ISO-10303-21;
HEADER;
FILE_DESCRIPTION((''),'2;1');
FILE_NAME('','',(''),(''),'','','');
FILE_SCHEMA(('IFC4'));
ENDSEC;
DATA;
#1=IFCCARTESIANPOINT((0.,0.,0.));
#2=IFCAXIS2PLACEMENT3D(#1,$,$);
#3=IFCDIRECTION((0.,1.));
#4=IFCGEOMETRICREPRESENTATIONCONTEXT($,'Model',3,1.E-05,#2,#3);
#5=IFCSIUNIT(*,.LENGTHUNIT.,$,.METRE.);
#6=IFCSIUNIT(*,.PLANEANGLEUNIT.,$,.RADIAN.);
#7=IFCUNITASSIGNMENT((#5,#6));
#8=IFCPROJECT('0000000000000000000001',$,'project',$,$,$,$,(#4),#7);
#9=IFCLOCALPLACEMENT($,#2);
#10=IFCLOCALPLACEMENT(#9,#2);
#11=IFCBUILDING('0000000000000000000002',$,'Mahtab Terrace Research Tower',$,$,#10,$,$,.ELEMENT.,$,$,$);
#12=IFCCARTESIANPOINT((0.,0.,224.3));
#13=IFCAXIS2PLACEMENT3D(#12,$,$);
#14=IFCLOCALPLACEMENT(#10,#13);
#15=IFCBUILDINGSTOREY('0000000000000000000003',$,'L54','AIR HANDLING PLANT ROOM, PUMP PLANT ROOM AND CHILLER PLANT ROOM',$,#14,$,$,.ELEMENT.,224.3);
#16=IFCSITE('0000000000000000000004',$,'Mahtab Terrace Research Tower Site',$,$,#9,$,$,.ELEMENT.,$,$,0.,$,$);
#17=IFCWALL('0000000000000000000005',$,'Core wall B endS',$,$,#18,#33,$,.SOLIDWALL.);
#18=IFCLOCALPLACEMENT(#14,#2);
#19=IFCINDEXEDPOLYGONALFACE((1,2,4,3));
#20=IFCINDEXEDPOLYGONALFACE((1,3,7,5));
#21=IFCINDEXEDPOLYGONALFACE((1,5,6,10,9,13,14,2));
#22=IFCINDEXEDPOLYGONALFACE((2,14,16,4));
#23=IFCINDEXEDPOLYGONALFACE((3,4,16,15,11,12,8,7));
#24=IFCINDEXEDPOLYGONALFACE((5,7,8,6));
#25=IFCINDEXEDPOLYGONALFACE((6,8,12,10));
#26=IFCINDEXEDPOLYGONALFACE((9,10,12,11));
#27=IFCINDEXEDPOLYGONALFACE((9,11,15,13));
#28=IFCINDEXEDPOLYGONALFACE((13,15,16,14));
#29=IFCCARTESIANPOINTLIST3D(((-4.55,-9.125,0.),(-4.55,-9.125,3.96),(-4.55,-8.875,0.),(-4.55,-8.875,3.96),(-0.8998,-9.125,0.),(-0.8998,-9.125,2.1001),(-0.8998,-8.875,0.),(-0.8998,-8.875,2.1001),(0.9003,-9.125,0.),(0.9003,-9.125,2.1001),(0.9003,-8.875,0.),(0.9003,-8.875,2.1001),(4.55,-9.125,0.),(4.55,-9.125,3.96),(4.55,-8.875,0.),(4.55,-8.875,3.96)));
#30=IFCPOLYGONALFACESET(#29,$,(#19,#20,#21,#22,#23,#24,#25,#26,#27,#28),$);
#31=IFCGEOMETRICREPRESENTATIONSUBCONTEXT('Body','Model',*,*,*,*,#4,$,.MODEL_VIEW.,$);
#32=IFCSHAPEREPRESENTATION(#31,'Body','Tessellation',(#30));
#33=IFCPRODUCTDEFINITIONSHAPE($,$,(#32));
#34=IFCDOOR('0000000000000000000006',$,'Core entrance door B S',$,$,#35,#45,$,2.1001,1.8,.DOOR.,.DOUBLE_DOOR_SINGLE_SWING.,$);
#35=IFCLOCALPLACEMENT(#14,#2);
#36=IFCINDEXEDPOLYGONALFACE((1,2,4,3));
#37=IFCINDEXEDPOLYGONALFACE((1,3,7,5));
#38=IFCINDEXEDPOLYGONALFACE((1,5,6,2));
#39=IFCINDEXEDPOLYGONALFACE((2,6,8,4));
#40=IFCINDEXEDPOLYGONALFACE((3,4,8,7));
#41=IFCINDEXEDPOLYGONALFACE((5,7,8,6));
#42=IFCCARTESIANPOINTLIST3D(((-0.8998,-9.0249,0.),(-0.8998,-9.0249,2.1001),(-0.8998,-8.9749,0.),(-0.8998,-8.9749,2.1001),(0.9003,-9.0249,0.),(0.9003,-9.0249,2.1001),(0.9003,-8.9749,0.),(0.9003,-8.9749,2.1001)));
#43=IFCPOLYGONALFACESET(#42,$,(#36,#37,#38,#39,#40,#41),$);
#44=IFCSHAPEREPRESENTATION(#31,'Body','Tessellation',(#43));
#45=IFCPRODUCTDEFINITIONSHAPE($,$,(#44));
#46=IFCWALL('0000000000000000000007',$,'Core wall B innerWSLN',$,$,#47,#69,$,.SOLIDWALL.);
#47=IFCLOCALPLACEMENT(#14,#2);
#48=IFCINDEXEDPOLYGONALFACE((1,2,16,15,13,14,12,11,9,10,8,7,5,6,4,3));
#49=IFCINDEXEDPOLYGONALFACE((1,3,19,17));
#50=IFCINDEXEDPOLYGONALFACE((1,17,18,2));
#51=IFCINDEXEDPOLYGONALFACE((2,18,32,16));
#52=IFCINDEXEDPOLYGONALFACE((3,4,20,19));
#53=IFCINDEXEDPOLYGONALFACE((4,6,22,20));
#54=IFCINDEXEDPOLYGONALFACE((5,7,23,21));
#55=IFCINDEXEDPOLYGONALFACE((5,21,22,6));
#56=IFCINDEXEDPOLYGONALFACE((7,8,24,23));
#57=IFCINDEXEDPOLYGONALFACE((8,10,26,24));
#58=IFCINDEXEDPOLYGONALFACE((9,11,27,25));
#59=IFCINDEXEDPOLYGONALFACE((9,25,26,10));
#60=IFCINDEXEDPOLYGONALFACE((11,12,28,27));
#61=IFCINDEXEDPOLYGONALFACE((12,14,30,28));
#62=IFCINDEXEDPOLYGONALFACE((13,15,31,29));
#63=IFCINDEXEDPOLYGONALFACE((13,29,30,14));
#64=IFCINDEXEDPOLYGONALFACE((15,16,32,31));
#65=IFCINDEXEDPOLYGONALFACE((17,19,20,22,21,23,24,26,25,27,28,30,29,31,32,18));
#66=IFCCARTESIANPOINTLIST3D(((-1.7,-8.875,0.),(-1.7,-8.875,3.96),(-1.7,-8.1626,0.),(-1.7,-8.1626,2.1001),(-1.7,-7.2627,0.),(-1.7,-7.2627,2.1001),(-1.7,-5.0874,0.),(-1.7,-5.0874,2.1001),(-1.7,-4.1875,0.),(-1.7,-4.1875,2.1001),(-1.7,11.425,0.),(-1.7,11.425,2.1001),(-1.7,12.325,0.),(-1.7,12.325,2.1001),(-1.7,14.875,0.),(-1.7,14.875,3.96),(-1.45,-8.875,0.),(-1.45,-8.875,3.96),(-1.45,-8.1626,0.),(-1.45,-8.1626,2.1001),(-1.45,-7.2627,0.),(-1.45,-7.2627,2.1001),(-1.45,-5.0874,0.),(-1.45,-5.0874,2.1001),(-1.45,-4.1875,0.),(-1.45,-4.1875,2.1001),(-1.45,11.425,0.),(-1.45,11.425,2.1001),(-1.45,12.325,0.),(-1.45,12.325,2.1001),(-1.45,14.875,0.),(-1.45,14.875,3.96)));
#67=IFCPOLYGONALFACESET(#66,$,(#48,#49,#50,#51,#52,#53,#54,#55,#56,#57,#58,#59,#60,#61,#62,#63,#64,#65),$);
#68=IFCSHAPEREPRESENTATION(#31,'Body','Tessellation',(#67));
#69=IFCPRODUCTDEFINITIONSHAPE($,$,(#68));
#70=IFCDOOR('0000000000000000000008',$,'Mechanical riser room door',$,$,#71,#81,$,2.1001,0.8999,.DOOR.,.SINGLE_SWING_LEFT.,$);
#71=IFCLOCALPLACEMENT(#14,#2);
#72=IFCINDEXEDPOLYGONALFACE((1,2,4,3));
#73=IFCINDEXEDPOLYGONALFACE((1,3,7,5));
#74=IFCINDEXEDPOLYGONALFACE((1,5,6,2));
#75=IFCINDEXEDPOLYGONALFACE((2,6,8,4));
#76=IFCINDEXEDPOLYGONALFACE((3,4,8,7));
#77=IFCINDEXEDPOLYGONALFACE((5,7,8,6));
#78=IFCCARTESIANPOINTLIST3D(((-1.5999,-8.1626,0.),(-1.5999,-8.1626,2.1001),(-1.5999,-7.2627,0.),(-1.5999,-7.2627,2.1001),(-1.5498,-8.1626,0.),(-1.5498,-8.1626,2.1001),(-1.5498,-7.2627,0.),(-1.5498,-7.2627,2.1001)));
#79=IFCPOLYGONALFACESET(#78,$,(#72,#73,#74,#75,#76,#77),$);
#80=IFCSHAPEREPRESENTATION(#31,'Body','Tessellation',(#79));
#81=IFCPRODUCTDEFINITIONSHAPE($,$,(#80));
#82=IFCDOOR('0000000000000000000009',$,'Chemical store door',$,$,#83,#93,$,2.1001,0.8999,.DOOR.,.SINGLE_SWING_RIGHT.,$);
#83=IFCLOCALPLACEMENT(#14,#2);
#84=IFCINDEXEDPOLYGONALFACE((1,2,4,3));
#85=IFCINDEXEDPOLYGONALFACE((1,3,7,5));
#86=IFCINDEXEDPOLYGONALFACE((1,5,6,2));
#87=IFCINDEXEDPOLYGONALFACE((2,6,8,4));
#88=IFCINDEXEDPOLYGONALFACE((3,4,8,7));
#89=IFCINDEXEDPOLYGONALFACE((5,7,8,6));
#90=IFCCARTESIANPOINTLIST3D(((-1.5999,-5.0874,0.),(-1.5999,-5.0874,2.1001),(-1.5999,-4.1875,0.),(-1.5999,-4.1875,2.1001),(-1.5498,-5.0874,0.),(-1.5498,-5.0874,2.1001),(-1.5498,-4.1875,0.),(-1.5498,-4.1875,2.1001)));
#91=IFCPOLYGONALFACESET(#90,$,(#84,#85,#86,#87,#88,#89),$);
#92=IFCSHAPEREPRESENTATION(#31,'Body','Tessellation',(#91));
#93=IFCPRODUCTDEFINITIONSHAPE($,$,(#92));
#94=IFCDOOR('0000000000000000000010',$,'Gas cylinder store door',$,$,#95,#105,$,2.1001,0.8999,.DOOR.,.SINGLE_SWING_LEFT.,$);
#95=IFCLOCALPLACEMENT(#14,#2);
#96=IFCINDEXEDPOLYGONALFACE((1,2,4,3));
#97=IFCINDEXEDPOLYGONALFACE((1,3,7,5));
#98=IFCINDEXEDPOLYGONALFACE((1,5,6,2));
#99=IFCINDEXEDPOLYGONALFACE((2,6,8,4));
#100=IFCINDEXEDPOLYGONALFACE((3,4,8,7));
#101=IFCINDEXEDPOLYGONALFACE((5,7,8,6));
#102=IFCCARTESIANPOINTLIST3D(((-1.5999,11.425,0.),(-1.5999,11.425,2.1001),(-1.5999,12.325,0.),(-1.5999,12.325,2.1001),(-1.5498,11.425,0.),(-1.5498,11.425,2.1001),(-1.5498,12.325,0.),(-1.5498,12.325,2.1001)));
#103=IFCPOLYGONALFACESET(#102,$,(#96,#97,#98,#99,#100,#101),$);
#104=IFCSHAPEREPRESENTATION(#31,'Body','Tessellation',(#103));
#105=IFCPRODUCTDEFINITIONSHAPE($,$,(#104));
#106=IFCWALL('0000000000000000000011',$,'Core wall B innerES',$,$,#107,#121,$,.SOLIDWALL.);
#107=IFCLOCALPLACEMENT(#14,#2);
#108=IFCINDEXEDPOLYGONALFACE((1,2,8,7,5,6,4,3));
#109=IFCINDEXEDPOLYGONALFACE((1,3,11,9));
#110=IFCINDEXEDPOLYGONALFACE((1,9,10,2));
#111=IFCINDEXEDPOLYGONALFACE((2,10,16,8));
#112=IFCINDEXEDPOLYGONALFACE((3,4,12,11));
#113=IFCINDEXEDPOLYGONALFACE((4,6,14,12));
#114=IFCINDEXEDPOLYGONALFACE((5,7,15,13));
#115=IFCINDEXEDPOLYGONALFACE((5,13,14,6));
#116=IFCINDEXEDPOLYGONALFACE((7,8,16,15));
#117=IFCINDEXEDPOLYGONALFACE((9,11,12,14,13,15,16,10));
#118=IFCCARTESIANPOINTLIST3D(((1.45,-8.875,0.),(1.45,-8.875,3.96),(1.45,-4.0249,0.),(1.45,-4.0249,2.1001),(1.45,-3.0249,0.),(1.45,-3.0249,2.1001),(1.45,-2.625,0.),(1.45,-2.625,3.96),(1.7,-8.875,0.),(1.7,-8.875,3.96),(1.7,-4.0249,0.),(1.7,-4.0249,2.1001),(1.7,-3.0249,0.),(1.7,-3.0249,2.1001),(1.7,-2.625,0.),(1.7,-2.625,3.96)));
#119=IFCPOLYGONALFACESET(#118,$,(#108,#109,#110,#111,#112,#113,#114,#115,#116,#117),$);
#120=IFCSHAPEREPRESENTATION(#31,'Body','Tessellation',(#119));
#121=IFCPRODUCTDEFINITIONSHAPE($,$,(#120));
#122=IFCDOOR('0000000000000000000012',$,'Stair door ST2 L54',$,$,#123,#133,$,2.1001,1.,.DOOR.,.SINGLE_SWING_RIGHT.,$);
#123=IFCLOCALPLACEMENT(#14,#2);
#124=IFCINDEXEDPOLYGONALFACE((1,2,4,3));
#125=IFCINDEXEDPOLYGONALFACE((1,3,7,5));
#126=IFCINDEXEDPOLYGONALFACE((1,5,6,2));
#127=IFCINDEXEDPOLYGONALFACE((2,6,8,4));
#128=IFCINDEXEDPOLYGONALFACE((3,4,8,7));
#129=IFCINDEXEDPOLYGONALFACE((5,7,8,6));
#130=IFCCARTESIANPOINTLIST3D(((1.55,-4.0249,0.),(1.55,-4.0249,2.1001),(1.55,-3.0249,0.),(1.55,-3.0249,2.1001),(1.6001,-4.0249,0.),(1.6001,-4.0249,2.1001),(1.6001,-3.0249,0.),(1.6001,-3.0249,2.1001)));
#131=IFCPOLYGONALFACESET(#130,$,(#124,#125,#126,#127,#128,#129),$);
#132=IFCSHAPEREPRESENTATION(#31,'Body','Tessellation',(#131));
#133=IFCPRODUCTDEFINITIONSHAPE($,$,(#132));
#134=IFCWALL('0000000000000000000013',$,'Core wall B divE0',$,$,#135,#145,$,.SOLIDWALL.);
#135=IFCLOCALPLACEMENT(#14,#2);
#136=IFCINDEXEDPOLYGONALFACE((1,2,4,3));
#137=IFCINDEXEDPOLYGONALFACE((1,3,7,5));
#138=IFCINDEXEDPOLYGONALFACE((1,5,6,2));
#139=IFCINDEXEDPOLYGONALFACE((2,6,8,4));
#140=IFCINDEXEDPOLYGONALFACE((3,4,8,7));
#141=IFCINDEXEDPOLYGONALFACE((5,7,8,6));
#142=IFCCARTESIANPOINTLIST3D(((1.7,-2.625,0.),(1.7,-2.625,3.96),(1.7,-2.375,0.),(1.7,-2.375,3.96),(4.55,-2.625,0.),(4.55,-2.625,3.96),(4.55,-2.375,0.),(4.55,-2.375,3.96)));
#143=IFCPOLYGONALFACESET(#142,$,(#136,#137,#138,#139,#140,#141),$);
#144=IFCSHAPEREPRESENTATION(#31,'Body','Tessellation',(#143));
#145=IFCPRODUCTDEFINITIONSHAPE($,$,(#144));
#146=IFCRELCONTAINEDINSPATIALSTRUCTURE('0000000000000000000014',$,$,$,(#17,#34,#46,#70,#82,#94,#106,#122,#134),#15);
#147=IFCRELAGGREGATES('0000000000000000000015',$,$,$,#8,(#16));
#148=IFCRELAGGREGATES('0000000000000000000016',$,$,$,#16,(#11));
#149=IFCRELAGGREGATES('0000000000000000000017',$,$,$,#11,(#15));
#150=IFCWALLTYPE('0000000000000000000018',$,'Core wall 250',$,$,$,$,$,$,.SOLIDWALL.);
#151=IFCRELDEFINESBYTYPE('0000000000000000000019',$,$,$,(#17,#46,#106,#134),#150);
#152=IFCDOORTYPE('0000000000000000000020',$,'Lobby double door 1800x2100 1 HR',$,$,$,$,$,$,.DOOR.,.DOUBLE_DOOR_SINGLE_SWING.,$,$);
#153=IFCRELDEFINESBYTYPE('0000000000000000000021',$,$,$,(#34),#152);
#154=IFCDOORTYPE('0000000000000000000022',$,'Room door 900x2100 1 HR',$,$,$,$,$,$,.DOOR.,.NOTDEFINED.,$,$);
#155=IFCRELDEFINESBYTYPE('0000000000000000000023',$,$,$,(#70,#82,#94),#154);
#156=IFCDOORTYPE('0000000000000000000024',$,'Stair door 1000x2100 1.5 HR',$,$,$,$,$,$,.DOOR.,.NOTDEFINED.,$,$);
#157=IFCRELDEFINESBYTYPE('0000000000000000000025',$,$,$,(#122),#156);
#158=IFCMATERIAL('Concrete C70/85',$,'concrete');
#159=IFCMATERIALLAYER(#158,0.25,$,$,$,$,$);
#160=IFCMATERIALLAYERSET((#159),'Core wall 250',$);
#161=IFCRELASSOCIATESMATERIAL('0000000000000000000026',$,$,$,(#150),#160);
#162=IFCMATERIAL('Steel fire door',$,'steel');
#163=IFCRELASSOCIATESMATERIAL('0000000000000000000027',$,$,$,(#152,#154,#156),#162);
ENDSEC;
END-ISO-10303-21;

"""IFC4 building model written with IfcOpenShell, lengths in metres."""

from ifc_helpers import new_model, si_unit, direction, frame, frame_2d, origin, place, context, subcontext, project, spatial, rectangle, extrude, material, layer, layer_set, type_object, element, fill, save


model = new_model("IFC4")

# Units and contexts
model_context = context("Model", 3, precision=1e-05, world=origin(), true_north=direction((0.0, 1.0)))
body_context = subcontext(model_context, "Body", "Model", "MODEL_VIEW")
ifc_project = project(units=[si_unit("LENGTHUNIT", "METRE"), si_unit("PLANEANGLEUNIT", "RADIAN")], contexts=[model_context])

# Site, building, storey
site_placement = place(None, origin())
site = spatial("IfcSite", under=ifc_project, at=site_placement, Name="Mahtab Terrace Research Tower Site", CompositionType="ELEMENT", RefElevation=0.0)
building_placement = place(site_placement, origin())
building = spatial("IfcBuilding", under=site, at=building_placement, Name="Mahtab Terrace Research Tower", CompositionType="ELEMENT")
storey_placement = place(building_placement, frame((0.0, 0.0, 224.3)))
storey = spatial("IfcBuildingStorey", under=building, at=storey_placement, Name="L54", Description="AIR HANDLING PLANT ROOM, PUMP PLANT ROOM AND CHILLER PLANT ROOM", CompositionType="ELEMENT", Elevation=224.3)

# Shared definitions
ifc_material_1 = material(Name="Concrete C70/85", Category="concrete")
ifc_layer_1 = layer(ifc_material_1, 0.25)
ifc_layer_set_1 = layer_set([ifc_layer_1], Name="Core wall 250")
wall_type = type_object("IfcWallType", Name="Core wall 250", PredefinedType="SOLIDWALL", material=ifc_layer_set_1)

# Wall, opening, door
wall_1_placement = place(storey_placement, frame((4.55, -9.0, 0.0), z_axis=(0.0, 0.0, 1.0), x_axis=(-1.0, 0.0, 0.0)))
wall_1 = element("IfcWall", 1, at=wall_1_placement, inside=storey, type_object=wall_type, Name="Core wall B endS", PredefinedType="SOLIDWALL", context=body_context, shape_type="SweptSolid", body=[
    extrude(rectangle(XDim=9.1001, YDim=0.25, at=frame_2d((4.55, 0.0))), origin(), (0.0, 0.0, 1.0), 3.96),
])
opening_1_placement = place(wall_1_placement, frame((3.6499, 0.0, 0.0)))
opening_1 = element("IfcOpeningElement", 2, at=opening_1_placement, cuts=wall_1, PredefinedType="OPENING", context=body_context, shape_type="SweptSolid", body=[
    extrude(rectangle(XDim=1.8, YDim=2.1001, at=frame_2d((0.8999, 1.05))), frame((0.0, 0.135, 0.0), z_axis=(0.0, -1.0, 0.0), x_axis=(1.0, 0.0, 0.0)), (0.0, 0.0, 1.0), 0.27),
])
ifc_material_2 = material(Name="Steel fire door", Category="steel")
door_type_1 = type_object("IfcDoorType", Name="Lobby double door 1800x2100 1 HR", OperationType="DOUBLE_DOOR_SINGLE_SWING", PredefinedType="DOOR", material=ifc_material_2)
door_1_placement = place(opening_1_placement, origin())
door_1 = element("IfcDoor", 3, at=door_1_placement, inside=storey, type_object=door_type_1, Name="Core entrance door B S", OperationType="DOUBLE_DOOR_SINGLE_SWING", OverallHeight=2.1001, OverallWidth=1.8, PredefinedType="DOOR", context=body_context, shape_type="SweptSolid", body=[
    extrude(rectangle(XDim=1.8, YDim=2.1001, at=frame_2d((0.8999, 1.05))), frame((0.0, 0.0249, 0.0), z_axis=(0.0, -1.0, 0.0), x_axis=(1.0, 0.0, 0.0)), (0.0, 0.0, 1.0), 0.05),
])
fill(opening_1, door_1)

# Wall, openings, doors
wall_2_placement = place(storey_placement, frame((-1.575, -8.875, 0.0), z_axis=(0.0, 0.0, 1.0), x_axis=(0.0, 1.0, 0.0)))
wall_2 = element("IfcWall", 4, at=wall_2_placement, inside=storey, type_object=wall_type, Name="Core wall B innerWSLN", PredefinedType="SOLIDWALL", context=body_context, shape_type="SweptSolid", body=[
    extrude(rectangle(XDim=23.75, YDim=0.25, at=frame_2d((11.875, 0.0))), origin(), (0.0, 0.0, 1.0), 3.96),
])
opening_2_placement = place(wall_2_placement, frame((0.7124, 0.0, 0.0)))
opening_2 = element("IfcOpeningElement", 5, at=opening_2_placement, cuts=wall_2, PredefinedType="OPENING", context=body_context, shape_type="SweptSolid", body=[
    extrude(rectangle(XDim=0.8999, YDim=2.1001, at=frame_2d((0.45, 1.05))), frame((0.0, 0.135, 0.0), z_axis=(0.0, -1.0, 0.0), x_axis=(1.0, 0.0, 0.0)), (0.0, 0.0, 1.0), 0.27),
])
opening_3_placement = place(wall_2_placement, frame((3.7876, 0.0, 0.0)))
opening_3 = element("IfcOpeningElement", 6, at=opening_3_placement, cuts=wall_2, PredefinedType="OPENING", context=body_context, shape_type="SweptSolid", body=[
    extrude(rectangle(XDim=0.8999, YDim=2.1001, at=frame_2d((0.45, 1.05))), frame((0.0, 0.135, 0.0), z_axis=(0.0, -1.0, 0.0), x_axis=(1.0, 0.0, 0.0)), (0.0, 0.0, 1.0), 0.27),
])
opening_4_placement = place(wall_2_placement, frame((20.3, 0.0, 0.0)))
opening_4 = element("IfcOpeningElement", 7, at=opening_4_placement, cuts=wall_2, PredefinedType="OPENING", context=body_context, shape_type="SweptSolid", body=[
    extrude(rectangle(XDim=0.8999, YDim=2.1001, at=frame_2d((0.45, 1.05))), frame((0.0, 0.135, 0.0), z_axis=(0.0, -1.0, 0.0), x_axis=(1.0, 0.0, 0.0)), (0.0, 0.0, 1.0), 0.27),
])
door_type_2 = type_object("IfcDoorType", Name="Room door 900x2100 1 HR", OperationType="NOTDEFINED", PredefinedType="DOOR", material=ifc_material_2)
door_2_placement = place(opening_2_placement, origin())
door_2 = element("IfcDoor", 8, at=door_2_placement, inside=storey, type_object=door_type_2, Name="Mechanical riser room door", OperationType="SINGLE_SWING_LEFT", OverallHeight=2.1001, OverallWidth=0.8999, PredefinedType="DOOR", context=body_context, shape_type="SweptSolid", body=[
    extrude(rectangle(XDim=0.8999, YDim=2.1001, at=frame_2d((0.45, 1.05))), frame((0.0, 0.0249, 0.0), z_axis=(0.0, -1.0, 0.0), x_axis=(1.0, 0.0, 0.0)), (0.0, 0.0, 1.0), 0.05),
])
fill(opening_2, door_2)
door_3_placement = place(opening_3_placement, origin())
door_3 = element("IfcDoor", 9, at=door_3_placement, inside=storey, type_object=door_type_2, Name="Chemical store door", OperationType="SINGLE_SWING_RIGHT", OverallHeight=2.1001, OverallWidth=0.8999, PredefinedType="DOOR", context=body_context, shape_type="SweptSolid", body=[
    extrude(rectangle(XDim=0.8999, YDim=2.1001, at=frame_2d((0.45, 1.05))), frame((0.0, 0.0249, 0.0), z_axis=(0.0, -1.0, 0.0), x_axis=(1.0, 0.0, 0.0)), (0.0, 0.0, 1.0), 0.05),
])
fill(opening_3, door_3)
door_4_placement = place(opening_4_placement, origin())
door_4 = element("IfcDoor", 10, at=door_4_placement, inside=storey, type_object=door_type_2, Name="Gas cylinder store door", OperationType="SINGLE_SWING_LEFT", OverallHeight=2.1001, OverallWidth=0.8999, PredefinedType="DOOR", context=body_context, shape_type="SweptSolid", body=[
    extrude(rectangle(XDim=0.8999, YDim=2.1001, at=frame_2d((0.45, 1.05))), frame((0.0, 0.0249, 0.0), z_axis=(0.0, -1.0, 0.0), x_axis=(1.0, 0.0, 0.0)), (0.0, 0.0, 1.0), 0.05),
])
fill(opening_4, door_4)

# Wall, opening, door
wall_3_placement = place(storey_placement, frame((1.575, -8.875, 0.0), z_axis=(0.0, 0.0, 1.0), x_axis=(0.0, 1.0, 0.0)))
wall_3 = element("IfcWall", 11, at=wall_3_placement, inside=storey, type_object=wall_type, Name="Core wall B innerES", PredefinedType="SOLIDWALL", context=body_context, shape_type="SweptSolid", body=[
    extrude(rectangle(XDim=6.25, YDim=0.25, at=frame_2d((3.125, 0.0))), origin(), (0.0, 0.0, 1.0), 3.96),
])
opening_5_placement = place(wall_3_placement, frame((4.8501, 0.0, 0.0)))
opening_5 = element("IfcOpeningElement", 12, at=opening_5_placement, cuts=wall_3, PredefinedType="OPENING", context=body_context, shape_type="SweptSolid", body=[
    extrude(rectangle(XDim=1.0, YDim=2.1001, at=frame_2d((0.5, 1.05))), frame((0.0, 0.135, 0.0), z_axis=(0.0, -1.0, 0.0), x_axis=(1.0, 0.0, 0.0)), (0.0, 0.0, 1.0), 0.27),
])
door_type_3 = type_object("IfcDoorType", Name="Stair door 1000x2100 1.5 HR", OperationType="NOTDEFINED", PredefinedType="DOOR", material=ifc_material_2)
door_5_placement = place(opening_5_placement, origin())
door_5 = element("IfcDoor", 13, at=door_5_placement, inside=storey, type_object=door_type_3, Name="Stair door ST2 L54", OperationType="SINGLE_SWING_RIGHT", OverallHeight=2.1001, OverallWidth=1.0, PredefinedType="DOOR", context=body_context, shape_type="SweptSolid", body=[
    extrude(rectangle(XDim=1.0, YDim=2.1001, at=frame_2d((0.5, 1.05))), frame((0.0, 0.0249, 0.0), z_axis=(0.0, -1.0, 0.0), x_axis=(1.0, 0.0, 0.0)), (0.0, 0.0, 1.0), 0.05),
])
fill(opening_5, door_5)

# Wall
wall_4_placement = place(storey_placement, frame((1.7, -2.5, 0.0), z_axis=(0.0, 0.0, 1.0), x_axis=(1.0, 0.0, 0.0)))
element("IfcWall", 14, at=wall_4_placement, inside=storey, type_object=wall_type, Name="Core wall B divE0", PredefinedType="SOLIDWALL", context=body_context, shape_type="SweptSolid", body=[
    extrude(rectangle(XDim=2.8501, YDim=0.25, at=frame_2d((1.425, 0.0))), origin(), (0.0, 0.0, 1.0), 3.96),
])

save(model, "model.ifc")
